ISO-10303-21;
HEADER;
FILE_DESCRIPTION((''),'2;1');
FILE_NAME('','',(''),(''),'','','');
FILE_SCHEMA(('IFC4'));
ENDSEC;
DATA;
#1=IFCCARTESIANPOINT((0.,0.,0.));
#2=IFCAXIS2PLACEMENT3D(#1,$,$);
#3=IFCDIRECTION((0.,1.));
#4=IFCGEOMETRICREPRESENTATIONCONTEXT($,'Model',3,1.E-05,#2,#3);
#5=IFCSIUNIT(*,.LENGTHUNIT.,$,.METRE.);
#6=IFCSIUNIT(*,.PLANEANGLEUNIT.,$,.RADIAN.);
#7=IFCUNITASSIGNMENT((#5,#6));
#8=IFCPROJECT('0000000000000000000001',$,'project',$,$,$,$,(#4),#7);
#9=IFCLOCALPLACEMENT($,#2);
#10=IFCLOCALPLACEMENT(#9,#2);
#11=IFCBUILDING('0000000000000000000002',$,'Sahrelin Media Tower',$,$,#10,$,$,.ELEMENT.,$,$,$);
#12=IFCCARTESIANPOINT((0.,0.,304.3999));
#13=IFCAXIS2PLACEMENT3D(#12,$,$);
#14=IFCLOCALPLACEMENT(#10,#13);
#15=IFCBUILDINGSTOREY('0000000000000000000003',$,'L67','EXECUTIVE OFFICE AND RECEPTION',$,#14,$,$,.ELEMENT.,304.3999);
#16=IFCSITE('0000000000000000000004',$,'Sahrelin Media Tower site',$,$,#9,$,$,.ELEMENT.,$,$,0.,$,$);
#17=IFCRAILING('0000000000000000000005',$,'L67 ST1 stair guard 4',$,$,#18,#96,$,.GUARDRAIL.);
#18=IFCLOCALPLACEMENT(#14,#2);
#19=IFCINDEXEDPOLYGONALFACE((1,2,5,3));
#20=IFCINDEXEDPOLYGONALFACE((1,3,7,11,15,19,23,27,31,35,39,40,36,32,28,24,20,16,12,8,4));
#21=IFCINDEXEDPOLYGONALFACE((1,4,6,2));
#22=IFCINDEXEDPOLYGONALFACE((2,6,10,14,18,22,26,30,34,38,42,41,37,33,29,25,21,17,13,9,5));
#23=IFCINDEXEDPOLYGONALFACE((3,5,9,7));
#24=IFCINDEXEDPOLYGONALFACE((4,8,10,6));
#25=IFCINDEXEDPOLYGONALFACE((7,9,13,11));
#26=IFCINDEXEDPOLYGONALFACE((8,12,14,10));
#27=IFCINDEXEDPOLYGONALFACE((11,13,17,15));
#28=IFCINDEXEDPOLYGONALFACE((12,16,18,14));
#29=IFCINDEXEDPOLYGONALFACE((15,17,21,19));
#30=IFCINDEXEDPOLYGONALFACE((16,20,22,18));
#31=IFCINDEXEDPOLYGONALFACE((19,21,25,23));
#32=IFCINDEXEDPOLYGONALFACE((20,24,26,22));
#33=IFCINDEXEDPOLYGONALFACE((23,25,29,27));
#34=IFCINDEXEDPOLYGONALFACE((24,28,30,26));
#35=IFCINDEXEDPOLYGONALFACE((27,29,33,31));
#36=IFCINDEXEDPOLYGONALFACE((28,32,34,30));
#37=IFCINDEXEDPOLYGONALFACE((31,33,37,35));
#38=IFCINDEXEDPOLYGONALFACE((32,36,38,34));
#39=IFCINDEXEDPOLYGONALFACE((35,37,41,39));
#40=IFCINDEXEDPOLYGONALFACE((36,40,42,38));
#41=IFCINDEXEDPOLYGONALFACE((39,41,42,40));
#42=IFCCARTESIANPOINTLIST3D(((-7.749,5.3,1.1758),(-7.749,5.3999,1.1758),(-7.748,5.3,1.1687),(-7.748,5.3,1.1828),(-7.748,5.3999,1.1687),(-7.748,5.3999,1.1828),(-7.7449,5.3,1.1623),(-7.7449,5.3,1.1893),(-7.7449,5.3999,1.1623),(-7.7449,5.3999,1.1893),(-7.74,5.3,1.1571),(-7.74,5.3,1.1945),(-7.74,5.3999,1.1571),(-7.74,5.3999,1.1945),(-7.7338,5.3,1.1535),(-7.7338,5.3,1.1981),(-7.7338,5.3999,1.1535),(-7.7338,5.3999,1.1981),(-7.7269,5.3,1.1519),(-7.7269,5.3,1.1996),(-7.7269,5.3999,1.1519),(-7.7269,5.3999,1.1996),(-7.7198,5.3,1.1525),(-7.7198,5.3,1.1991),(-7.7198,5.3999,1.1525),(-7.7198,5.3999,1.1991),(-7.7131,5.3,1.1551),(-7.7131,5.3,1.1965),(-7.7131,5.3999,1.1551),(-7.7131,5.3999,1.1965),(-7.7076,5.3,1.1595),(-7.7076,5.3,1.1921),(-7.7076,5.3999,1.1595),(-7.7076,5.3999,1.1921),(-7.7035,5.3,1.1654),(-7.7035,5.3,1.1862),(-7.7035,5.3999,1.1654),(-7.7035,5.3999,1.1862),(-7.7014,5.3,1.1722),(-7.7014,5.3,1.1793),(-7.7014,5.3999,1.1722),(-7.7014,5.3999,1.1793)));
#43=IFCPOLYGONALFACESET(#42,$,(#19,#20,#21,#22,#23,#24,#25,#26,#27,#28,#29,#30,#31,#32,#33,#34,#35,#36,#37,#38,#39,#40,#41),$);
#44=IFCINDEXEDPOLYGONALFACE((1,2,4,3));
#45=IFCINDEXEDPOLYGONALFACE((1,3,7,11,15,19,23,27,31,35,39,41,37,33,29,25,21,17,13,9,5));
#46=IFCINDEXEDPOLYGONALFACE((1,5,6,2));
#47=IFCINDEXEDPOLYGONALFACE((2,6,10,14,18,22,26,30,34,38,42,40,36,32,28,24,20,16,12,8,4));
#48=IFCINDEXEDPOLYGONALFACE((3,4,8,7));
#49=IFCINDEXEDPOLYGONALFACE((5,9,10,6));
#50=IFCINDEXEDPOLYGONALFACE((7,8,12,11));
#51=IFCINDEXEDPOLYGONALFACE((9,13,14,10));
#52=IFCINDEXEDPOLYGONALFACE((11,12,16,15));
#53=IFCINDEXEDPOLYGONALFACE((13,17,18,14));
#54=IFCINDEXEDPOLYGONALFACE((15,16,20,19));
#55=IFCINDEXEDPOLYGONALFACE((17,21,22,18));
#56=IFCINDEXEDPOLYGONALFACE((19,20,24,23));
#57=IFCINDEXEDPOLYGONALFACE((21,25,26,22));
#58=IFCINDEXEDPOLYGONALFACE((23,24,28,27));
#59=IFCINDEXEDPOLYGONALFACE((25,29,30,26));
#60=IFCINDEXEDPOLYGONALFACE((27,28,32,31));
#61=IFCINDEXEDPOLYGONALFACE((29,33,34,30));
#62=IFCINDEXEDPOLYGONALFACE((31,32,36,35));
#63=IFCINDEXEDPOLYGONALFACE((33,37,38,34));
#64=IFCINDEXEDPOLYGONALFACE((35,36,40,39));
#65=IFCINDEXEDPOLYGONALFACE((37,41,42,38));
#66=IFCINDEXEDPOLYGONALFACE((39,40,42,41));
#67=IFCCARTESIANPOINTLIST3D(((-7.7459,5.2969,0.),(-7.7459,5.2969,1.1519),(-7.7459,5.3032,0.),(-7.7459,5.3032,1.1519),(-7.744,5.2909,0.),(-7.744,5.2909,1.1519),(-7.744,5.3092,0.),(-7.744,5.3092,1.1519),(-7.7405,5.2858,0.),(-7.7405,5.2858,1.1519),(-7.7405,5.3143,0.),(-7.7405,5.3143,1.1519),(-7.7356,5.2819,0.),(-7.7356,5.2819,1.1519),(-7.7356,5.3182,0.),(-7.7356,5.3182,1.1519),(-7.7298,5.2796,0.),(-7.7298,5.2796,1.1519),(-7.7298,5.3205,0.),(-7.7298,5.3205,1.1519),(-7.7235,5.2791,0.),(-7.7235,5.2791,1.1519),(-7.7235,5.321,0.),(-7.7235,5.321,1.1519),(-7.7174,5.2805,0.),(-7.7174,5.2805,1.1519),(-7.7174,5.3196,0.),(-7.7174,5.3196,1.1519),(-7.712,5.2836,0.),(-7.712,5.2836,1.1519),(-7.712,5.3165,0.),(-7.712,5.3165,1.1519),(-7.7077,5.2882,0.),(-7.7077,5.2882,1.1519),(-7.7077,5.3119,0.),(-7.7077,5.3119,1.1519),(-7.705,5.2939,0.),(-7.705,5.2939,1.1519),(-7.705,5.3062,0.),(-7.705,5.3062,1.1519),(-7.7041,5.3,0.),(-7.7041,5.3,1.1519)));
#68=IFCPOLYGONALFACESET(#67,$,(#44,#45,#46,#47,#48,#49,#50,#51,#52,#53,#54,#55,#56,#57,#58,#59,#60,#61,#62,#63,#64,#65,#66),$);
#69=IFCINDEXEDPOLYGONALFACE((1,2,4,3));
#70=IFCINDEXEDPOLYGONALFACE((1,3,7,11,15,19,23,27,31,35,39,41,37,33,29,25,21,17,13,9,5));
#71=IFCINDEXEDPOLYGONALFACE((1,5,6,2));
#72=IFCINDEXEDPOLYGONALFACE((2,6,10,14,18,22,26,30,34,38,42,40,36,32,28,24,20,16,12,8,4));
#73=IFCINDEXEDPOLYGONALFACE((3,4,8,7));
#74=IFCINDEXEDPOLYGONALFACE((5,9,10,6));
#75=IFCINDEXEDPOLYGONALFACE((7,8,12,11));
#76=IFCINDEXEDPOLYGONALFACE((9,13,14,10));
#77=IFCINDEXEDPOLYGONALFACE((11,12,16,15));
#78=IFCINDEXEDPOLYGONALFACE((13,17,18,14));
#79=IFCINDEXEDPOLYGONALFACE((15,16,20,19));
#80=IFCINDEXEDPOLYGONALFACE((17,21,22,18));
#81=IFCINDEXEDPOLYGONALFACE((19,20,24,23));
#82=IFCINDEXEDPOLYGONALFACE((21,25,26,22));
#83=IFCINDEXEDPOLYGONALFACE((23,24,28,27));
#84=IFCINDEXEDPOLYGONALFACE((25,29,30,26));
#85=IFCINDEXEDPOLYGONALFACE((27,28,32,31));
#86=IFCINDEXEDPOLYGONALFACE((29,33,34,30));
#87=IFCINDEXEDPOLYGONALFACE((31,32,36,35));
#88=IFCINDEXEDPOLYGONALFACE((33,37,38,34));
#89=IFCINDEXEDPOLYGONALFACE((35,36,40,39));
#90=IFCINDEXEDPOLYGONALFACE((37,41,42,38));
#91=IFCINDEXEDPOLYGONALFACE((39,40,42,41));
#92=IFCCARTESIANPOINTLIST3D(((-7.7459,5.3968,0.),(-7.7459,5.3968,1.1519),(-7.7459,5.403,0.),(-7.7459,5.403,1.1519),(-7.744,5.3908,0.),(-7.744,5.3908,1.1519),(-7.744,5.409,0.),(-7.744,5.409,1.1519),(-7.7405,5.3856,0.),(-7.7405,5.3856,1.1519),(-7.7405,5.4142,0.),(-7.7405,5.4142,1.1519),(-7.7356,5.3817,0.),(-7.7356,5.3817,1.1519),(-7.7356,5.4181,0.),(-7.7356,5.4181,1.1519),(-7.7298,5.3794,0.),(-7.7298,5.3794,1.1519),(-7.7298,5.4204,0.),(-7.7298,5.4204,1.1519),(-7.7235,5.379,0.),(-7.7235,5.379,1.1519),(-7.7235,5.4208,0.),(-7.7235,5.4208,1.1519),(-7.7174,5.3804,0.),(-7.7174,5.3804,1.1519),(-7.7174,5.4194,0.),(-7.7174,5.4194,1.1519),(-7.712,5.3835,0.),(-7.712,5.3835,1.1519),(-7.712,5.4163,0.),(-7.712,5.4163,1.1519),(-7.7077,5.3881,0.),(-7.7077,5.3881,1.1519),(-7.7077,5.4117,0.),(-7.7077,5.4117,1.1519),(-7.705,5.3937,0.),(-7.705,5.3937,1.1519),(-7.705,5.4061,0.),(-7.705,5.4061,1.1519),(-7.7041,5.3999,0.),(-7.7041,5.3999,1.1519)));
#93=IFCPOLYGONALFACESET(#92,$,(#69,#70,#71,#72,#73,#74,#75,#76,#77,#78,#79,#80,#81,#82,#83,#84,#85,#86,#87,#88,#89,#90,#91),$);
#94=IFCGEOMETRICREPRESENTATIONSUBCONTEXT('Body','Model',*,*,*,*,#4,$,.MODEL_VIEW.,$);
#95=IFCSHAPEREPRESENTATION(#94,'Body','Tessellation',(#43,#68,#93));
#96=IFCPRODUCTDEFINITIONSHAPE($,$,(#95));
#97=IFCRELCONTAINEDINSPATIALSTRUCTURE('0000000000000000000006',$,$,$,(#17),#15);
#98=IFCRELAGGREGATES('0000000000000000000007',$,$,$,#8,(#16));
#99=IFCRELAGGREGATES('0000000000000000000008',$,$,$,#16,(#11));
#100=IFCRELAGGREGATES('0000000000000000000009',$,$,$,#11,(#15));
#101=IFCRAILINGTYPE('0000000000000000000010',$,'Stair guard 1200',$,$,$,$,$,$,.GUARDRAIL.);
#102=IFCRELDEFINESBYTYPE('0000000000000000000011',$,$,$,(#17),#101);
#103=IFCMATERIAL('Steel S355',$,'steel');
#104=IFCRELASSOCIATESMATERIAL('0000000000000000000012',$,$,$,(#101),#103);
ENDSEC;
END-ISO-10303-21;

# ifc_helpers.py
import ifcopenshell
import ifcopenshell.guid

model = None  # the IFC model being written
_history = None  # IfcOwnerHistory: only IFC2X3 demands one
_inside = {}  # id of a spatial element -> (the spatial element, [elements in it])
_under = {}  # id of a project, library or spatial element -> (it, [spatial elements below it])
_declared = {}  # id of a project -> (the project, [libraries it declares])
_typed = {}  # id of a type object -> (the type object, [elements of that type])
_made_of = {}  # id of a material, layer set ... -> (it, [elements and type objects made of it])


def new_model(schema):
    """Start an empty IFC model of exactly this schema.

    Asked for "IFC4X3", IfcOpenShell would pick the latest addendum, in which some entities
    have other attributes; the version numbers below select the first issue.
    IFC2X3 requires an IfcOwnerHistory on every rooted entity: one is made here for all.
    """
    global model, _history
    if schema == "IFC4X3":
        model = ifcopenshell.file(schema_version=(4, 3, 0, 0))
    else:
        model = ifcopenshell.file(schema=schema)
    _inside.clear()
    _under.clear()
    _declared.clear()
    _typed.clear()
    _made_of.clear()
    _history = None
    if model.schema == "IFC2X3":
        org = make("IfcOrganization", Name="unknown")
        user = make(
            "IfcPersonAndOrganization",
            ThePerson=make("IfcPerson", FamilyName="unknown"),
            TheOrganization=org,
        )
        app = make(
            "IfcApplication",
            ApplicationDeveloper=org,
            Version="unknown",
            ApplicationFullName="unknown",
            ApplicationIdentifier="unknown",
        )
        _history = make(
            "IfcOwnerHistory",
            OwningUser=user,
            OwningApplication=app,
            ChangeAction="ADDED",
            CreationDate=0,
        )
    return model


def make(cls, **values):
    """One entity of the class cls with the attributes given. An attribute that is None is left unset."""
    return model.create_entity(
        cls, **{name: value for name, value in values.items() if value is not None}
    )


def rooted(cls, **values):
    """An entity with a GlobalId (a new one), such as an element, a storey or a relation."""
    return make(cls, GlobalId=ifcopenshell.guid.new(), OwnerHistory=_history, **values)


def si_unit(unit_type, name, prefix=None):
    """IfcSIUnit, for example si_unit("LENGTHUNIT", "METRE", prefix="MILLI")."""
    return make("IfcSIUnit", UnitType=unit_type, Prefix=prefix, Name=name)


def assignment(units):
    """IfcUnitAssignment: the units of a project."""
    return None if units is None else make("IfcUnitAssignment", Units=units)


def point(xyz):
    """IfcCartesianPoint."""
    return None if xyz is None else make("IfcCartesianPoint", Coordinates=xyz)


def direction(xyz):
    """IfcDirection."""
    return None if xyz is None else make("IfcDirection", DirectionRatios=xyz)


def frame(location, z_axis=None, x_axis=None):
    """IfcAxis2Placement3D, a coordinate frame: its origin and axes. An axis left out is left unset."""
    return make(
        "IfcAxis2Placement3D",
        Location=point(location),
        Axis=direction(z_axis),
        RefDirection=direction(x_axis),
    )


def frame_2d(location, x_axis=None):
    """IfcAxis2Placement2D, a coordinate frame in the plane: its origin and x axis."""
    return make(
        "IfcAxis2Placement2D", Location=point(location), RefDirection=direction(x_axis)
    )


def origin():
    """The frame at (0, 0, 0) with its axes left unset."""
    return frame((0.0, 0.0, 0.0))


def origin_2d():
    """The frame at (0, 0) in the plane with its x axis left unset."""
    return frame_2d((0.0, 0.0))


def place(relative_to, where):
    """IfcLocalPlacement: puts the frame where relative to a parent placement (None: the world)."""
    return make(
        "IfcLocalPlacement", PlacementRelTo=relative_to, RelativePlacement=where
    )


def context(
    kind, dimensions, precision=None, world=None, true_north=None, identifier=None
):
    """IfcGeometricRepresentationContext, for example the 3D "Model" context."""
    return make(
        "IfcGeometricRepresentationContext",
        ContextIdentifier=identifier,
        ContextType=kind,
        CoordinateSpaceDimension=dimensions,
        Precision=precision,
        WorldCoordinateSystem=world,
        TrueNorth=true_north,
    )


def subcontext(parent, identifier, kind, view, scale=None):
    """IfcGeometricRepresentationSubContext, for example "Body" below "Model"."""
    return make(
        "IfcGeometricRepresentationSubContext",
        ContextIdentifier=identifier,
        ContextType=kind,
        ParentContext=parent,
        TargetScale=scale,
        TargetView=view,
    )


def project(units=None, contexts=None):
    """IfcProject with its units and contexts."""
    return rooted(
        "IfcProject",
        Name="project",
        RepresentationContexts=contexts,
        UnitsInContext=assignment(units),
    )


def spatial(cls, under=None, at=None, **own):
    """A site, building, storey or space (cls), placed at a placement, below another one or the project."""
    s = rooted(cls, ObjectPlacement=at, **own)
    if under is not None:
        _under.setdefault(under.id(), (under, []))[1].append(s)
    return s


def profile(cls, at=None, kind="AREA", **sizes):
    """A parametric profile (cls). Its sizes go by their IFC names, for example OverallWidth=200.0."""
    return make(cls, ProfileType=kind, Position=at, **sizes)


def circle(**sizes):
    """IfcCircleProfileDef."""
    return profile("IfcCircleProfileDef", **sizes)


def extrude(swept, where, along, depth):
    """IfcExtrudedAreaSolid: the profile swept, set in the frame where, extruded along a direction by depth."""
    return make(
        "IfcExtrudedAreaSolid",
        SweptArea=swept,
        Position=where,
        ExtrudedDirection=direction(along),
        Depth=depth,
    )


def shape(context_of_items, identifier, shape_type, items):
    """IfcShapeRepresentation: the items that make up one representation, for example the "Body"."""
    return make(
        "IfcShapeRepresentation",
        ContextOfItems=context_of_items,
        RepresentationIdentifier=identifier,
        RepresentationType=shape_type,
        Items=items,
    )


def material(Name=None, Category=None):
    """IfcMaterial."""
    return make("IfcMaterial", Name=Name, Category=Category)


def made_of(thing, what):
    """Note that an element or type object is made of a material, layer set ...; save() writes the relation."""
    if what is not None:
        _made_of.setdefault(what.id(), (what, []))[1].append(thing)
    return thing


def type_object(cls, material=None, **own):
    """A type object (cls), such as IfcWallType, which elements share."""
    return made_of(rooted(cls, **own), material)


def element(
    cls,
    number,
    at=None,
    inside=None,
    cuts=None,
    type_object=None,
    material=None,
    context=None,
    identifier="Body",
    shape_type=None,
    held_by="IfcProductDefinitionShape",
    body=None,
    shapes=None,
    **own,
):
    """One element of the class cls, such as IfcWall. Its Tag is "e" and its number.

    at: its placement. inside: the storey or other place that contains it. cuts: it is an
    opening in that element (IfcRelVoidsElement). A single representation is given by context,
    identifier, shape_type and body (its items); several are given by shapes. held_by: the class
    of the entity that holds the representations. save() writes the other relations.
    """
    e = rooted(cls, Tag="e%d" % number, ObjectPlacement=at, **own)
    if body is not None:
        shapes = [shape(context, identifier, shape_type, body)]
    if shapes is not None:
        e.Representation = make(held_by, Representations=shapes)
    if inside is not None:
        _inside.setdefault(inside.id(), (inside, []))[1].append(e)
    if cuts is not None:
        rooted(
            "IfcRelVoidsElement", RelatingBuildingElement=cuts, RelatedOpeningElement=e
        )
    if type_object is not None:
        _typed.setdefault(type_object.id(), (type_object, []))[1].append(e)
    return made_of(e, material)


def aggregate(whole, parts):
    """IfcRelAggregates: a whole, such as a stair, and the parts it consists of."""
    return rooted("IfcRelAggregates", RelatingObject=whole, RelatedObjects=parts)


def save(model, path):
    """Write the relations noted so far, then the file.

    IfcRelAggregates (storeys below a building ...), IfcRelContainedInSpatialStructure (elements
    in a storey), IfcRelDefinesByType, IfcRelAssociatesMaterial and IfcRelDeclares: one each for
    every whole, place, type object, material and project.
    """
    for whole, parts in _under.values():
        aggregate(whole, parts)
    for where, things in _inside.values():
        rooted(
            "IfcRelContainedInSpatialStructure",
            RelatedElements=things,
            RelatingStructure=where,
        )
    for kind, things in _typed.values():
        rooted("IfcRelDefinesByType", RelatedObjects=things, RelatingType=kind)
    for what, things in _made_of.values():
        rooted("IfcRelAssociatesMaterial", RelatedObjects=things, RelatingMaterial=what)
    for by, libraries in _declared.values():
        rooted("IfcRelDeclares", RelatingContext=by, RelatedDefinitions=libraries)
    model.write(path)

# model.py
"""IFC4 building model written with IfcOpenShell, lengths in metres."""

from ifc_helpers import new_model, si_unit, direction, frame, origin, origin_2d, place, context, subcontext, project, spatial, circle, extrude, material, type_object, element, save


model = new_model("IFC4")

# Units and contexts
model_context = context("Model", 3, precision=1e-05, world=origin(), true_north=direction((0.0, 1.0)))
body_context = subcontext(model_context, "Body", "Model", "MODEL_VIEW")
ifc_project = project(units=[si_unit("LENGTHUNIT", "METRE"), si_unit("PLANEANGLEUNIT", "RADIAN")], contexts=[model_context])

# Site, building, storey
site_placement = place(None, origin())
site = spatial("IfcSite", under=ifc_project, at=site_placement, Name="Sahrelin Media Tower site", CompositionType="ELEMENT", RefElevation=0.0)
building_placement = place(site_placement, origin())
building = spatial("IfcBuilding", under=site, at=building_placement, Name="Sahrelin Media Tower", CompositionType="ELEMENT")
storey_placement = place(building_placement, frame((0.0, 0.0, 304.3999)))
storey = spatial("IfcBuildingStorey", under=building, at=storey_placement, Name="L67", Description="EXECUTIVE OFFICE AND RECEPTION", CompositionType="ELEMENT", Elevation=304.3999)

# Shared definitions
ifc_material_1 = material(Name="Steel S355", Category="steel")

# Railing
railing_type_1 = type_object("IfcRailingType", Name="Stair guard 1200", PredefinedType="GUARDRAIL", material=ifc_material_1)
railing_1_placement = place(storey_placement, frame((-7.7251, 5.3, 0.0)))
element("IfcRailing", 1, at=railing_1_placement, inside=storey, type_object=railing_type_1, Name="L67 ST1 stair guard 4", PredefinedType="GUARDRAIL", context=body_context, shape_type="SweptSolid", body=[
    extrude(circle(Radius=0.0239, at=origin_2d()), frame((0.0, 0.0, 1.1758), z_axis=(0.0, 1.0, 0.0), x_axis=(-1.0, 0.0, 0.0)), (0.0, 0.0, 1.0), 0.0999),
    extrude(circle(Radius=0.021, at=origin_2d()), origin(), (0.0, 0.0, 1.0), 1.1519),
    extrude(circle(Radius=0.021, at=origin_2d()), frame((0.0, 0.0999, 0.0)), (0.0, 0.0, 1.0), 1.1519),
])

save(model, "model.ifc")
